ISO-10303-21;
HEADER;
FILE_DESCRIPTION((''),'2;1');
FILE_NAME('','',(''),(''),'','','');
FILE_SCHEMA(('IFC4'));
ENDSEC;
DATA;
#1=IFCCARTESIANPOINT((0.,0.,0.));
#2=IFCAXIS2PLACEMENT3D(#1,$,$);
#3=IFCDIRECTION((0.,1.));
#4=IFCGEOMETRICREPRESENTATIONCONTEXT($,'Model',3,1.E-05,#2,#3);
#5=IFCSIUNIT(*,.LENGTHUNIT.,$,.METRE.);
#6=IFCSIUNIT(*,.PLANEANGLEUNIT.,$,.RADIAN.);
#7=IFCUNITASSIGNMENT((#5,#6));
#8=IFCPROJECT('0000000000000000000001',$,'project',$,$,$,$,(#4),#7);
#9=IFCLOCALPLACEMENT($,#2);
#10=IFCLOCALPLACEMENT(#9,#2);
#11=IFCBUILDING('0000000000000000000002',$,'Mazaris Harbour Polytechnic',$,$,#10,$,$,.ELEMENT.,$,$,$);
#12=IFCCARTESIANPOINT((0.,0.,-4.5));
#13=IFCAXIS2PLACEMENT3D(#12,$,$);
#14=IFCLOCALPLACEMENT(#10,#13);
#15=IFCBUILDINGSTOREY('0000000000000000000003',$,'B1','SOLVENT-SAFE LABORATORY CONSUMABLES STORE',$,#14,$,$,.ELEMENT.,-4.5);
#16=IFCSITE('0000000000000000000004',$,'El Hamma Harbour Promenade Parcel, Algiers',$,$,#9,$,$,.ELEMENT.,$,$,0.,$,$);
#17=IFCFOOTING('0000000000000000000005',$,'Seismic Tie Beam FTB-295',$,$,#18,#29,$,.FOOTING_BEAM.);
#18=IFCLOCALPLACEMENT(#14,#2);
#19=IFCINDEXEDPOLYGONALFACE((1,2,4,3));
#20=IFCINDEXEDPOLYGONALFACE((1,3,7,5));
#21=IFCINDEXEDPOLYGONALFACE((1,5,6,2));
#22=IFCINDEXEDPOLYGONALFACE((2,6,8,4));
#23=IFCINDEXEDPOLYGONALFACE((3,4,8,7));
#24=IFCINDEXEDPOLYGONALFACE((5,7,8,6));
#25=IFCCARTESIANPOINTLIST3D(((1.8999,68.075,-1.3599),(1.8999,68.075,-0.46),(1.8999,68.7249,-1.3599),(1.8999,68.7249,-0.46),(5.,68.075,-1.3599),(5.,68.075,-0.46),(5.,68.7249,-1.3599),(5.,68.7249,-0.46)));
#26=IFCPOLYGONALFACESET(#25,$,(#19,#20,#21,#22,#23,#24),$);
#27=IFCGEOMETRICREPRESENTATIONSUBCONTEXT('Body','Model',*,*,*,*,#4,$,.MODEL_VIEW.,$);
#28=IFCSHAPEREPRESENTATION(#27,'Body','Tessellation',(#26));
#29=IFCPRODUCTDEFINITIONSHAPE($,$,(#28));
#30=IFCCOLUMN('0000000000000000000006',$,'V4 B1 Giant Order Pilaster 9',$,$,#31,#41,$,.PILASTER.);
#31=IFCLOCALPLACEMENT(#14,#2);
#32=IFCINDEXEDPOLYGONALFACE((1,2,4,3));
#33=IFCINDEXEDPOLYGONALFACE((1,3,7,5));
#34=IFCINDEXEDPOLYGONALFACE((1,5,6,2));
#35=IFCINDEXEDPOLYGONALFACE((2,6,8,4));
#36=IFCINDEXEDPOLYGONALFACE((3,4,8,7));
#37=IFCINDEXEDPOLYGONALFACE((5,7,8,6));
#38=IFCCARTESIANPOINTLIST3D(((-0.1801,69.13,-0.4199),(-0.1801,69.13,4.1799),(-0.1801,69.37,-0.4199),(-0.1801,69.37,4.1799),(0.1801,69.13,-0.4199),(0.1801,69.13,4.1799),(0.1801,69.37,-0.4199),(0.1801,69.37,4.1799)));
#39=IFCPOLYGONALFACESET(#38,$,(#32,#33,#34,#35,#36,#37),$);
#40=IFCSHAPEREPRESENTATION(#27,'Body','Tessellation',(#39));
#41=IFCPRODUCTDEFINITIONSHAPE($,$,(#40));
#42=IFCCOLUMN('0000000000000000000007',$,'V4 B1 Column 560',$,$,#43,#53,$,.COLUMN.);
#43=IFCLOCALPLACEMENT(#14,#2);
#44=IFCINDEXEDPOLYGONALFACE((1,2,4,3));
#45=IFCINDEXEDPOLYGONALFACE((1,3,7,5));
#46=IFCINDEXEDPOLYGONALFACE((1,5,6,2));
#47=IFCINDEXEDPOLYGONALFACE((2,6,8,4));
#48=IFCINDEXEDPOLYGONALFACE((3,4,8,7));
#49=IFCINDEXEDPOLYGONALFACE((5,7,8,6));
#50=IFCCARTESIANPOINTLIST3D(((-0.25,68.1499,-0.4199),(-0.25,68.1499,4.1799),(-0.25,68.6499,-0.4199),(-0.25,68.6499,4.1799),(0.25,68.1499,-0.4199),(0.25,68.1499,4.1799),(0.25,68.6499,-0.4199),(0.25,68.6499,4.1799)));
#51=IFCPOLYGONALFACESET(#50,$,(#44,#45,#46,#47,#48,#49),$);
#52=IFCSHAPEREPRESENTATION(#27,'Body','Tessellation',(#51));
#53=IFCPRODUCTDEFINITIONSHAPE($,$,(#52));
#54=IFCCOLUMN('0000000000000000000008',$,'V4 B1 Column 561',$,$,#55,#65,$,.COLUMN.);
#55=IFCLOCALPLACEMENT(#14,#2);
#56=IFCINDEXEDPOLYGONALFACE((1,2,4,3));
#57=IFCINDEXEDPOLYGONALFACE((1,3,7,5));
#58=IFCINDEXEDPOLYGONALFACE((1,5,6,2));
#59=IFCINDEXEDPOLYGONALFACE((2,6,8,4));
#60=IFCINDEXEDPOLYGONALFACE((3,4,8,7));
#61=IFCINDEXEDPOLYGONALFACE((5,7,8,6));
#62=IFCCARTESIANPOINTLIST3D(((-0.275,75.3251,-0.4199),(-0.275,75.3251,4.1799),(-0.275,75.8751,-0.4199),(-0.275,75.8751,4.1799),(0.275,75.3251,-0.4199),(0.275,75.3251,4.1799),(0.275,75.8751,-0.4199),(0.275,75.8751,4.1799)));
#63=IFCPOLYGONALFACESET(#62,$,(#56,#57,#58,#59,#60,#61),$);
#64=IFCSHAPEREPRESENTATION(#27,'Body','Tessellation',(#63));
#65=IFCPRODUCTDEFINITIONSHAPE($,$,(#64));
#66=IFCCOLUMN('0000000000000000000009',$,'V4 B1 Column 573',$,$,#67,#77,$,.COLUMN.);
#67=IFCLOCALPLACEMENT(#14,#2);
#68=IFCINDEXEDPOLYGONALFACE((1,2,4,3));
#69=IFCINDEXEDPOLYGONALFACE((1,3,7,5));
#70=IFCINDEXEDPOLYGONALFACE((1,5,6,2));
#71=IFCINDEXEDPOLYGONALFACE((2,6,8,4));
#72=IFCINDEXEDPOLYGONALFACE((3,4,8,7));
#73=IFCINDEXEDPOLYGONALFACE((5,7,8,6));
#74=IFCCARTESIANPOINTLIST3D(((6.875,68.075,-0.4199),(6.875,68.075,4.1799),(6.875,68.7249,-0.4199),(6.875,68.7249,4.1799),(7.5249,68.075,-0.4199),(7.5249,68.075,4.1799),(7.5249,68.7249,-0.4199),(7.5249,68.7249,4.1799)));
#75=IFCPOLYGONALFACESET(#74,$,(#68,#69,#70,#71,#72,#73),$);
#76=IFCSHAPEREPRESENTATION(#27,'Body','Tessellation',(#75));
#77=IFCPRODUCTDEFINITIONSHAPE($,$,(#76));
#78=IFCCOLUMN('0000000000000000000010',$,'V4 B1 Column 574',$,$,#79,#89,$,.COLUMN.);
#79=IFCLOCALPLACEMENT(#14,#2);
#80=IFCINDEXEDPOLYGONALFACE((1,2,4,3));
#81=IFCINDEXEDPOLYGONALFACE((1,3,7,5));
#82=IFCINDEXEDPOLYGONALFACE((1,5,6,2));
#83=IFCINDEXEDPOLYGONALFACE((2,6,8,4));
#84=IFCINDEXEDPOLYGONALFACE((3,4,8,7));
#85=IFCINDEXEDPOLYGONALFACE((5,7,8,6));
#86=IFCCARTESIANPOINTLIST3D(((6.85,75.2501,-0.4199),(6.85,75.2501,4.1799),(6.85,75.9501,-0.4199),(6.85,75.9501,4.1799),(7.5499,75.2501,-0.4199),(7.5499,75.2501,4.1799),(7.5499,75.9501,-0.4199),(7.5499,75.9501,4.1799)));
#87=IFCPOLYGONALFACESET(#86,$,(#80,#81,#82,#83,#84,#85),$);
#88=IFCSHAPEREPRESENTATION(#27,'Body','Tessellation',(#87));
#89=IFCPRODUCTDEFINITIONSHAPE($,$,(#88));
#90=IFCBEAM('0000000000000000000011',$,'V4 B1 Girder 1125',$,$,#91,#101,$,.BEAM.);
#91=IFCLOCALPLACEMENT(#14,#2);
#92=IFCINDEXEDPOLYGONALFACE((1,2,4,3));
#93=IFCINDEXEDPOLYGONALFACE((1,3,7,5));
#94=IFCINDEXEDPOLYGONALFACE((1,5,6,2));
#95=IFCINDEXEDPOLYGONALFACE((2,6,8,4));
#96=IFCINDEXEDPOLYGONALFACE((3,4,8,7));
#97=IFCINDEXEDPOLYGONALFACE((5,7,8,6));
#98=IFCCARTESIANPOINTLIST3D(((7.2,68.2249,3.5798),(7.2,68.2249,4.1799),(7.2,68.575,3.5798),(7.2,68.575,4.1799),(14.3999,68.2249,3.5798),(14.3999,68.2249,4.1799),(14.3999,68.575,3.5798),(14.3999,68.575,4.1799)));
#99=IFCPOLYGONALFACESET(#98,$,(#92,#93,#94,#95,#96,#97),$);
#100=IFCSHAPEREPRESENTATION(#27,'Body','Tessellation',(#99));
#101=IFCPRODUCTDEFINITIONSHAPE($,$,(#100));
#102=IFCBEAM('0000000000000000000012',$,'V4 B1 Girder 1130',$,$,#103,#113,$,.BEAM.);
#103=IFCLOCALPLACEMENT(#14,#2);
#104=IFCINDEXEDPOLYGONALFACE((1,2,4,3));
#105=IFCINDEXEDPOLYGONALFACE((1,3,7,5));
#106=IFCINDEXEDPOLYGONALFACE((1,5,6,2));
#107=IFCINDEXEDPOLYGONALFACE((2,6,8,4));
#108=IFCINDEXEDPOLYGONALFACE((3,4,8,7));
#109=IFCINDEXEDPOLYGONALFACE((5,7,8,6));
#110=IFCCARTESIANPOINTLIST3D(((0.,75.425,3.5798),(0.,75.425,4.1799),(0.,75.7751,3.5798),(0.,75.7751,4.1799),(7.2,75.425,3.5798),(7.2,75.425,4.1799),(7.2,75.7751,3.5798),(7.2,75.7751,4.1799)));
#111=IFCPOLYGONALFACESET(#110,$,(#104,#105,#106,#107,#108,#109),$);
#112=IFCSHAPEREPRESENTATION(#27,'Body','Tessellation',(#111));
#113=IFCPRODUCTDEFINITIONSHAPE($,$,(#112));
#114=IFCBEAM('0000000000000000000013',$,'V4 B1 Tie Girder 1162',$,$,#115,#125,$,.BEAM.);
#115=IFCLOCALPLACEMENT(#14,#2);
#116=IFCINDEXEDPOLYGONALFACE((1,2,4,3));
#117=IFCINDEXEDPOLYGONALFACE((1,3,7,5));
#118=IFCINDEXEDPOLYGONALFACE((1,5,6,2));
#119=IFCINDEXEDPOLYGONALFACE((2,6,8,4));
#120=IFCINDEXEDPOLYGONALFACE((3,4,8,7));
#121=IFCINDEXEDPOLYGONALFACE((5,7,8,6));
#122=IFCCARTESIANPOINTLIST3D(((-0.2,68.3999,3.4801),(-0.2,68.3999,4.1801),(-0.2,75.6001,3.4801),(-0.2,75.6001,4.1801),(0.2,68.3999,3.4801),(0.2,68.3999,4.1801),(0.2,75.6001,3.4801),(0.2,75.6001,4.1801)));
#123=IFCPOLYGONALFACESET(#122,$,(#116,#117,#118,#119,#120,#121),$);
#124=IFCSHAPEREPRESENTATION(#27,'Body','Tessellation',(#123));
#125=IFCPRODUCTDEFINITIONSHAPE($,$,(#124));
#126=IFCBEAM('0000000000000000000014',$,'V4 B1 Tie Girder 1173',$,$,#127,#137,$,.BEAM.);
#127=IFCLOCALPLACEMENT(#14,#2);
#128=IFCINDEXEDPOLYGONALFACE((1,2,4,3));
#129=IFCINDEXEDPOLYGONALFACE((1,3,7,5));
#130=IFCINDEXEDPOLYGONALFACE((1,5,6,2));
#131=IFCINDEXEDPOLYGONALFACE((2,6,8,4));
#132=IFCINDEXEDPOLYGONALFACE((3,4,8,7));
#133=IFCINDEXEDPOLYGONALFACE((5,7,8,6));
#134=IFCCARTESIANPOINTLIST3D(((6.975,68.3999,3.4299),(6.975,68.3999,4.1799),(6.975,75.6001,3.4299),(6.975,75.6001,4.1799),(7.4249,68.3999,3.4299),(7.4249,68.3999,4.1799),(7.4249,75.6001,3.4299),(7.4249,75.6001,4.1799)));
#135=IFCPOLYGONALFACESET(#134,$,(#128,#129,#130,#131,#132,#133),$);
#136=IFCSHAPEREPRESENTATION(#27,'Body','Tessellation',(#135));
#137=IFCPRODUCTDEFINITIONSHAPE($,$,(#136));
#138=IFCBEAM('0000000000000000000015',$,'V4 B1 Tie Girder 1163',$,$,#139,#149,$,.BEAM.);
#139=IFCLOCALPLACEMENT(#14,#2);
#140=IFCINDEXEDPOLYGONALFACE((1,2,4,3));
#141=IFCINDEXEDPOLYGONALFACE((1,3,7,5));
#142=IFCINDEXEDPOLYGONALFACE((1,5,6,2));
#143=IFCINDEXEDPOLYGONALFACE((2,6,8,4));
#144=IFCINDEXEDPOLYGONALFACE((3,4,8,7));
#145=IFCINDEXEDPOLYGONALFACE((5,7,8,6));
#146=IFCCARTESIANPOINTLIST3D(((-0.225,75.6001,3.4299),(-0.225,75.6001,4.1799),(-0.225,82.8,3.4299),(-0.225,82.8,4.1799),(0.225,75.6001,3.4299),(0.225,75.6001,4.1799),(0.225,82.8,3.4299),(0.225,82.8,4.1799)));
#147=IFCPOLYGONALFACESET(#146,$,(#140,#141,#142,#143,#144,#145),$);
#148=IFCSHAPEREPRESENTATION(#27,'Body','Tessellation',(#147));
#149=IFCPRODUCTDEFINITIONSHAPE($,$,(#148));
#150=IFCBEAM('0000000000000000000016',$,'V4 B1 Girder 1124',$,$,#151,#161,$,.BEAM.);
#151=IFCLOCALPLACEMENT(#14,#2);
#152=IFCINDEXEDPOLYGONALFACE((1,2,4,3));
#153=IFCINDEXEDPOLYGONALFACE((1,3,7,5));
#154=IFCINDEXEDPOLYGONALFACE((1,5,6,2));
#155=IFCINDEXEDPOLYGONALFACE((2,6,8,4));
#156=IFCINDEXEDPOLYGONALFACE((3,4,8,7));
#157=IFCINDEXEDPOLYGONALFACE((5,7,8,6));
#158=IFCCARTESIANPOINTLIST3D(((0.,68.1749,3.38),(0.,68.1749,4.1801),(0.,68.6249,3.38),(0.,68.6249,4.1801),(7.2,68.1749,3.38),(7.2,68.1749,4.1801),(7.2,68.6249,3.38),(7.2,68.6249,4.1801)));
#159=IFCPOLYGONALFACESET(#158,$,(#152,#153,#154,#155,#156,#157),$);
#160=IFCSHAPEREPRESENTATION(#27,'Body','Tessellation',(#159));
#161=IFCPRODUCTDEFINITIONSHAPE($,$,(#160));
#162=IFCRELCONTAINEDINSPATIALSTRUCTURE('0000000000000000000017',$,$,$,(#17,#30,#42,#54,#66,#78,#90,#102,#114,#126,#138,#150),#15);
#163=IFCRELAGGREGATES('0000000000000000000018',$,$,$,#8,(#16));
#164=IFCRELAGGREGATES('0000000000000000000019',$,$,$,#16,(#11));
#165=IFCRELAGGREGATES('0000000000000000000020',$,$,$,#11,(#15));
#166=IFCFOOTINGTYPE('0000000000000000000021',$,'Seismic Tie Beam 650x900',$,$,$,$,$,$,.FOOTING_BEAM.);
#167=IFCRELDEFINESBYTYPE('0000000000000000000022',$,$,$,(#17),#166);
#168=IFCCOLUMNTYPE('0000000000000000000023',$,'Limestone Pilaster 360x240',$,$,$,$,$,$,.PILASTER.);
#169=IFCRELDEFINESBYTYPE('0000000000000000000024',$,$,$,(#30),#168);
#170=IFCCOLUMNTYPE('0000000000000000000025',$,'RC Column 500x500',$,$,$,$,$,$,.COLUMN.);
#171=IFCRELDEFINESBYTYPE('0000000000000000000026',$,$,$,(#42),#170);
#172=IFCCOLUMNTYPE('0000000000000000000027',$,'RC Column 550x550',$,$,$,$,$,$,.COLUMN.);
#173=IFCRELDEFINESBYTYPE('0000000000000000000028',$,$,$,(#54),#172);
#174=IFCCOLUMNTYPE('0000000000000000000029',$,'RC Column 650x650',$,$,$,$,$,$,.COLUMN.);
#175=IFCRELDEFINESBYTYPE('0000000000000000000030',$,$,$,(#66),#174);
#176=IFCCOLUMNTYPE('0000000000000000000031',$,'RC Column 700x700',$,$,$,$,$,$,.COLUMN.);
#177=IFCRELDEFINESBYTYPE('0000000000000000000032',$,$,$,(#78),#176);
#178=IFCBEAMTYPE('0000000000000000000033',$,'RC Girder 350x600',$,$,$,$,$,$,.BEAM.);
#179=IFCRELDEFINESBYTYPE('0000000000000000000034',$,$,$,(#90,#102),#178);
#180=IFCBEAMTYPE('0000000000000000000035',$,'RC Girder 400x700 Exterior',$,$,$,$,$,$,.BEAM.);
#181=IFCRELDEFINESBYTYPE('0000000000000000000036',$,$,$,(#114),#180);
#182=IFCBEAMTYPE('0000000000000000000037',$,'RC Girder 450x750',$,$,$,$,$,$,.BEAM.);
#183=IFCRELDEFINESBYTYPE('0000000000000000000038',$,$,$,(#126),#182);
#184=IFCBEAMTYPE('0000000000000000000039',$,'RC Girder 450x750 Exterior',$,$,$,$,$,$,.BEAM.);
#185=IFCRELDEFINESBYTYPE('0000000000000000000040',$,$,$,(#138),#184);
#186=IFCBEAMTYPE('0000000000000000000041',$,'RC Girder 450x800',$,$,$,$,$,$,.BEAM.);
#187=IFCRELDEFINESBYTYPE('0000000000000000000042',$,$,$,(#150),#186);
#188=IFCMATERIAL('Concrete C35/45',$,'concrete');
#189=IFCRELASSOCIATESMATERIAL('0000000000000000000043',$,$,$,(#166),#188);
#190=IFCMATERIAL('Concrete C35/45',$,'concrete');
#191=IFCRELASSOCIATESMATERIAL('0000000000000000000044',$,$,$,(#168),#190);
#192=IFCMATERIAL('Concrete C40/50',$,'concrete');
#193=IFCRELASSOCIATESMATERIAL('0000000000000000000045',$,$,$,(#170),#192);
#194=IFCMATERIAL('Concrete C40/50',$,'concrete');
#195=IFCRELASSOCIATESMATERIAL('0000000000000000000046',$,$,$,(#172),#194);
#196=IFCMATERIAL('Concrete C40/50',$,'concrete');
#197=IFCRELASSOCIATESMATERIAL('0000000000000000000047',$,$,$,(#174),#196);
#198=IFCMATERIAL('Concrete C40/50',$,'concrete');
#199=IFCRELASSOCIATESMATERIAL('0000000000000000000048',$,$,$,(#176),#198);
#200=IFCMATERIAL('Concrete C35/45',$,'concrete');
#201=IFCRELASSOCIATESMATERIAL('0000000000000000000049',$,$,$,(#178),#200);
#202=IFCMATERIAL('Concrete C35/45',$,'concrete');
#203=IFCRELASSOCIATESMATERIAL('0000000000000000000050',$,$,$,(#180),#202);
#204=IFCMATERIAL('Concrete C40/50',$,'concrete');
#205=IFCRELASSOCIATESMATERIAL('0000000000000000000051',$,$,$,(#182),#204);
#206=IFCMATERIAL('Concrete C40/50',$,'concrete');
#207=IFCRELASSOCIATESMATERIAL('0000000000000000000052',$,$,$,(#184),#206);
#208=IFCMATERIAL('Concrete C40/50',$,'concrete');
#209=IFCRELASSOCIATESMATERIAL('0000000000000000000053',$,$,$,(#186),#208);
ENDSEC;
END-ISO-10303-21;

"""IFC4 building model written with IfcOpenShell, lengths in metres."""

from ifc_helpers import new_model, si_unit, direction, frame, origin, origin_2d, place, context, subcontext, project, spatial, rectangle, extrude, material, material_profile, profile_set, type_object, element, save


model = new_model("IFC4")

# Units and contexts
model_context = context("Model", 3, precision=1e-05, world=origin(), true_north=direction((0.0, 1.0)))
body_context = subcontext(model_context, "Body", "Model", "MODEL_VIEW")
ifc_project = project(units=[si_unit("LENGTHUNIT", "METRE"), si_unit("PLANEANGLEUNIT", "RADIAN")], contexts=[model_context])

# Site, building, storey
site_placement = place(None, origin())
site = spatial("IfcSite", under=ifc_project, at=site_placement, Name="El Hamma Harbour Promenade Parcel, Algiers", CompositionType="ELEMENT", RefElevation=0.0)
building_placement = place(site_placement, origin())
building = spatial("IfcBuilding", under=site, at=building_placement, Name="Mazaris Harbour Polytechnic", CompositionType="ELEMENT")
storey_placement = place(building_placement, frame((0.0, 0.0, -4.5)))
storey = spatial("IfcBuildingStorey", under=building, at=storey_placement, Name="B1", Description="SOLVENT-SAFE LABORATORY CONSUMABLES STORE", CompositionType="ELEMENT", Elevation=-4.5)

# Footing
ifc_material_1 = material(Name="Concrete C35/45", Category="concrete")
ifc_material_profile_1 = material_profile(ifc_material_1, rectangle(XDim=0.6499, YDim=0.8999, at=origin_2d()), Name="RECT650x900")
ifc_profile_set_1 = profile_set([ifc_material_profile_1], Name="Concrete C35/45")
footing_type_1 = type_object("IfcFootingType", Name="Seismic Tie Beam 650x900", PredefinedType="FOOTING_BEAM", material=ifc_profile_set_1)
footing_1_placement = place(storey_placement, frame((1.8999, 68.3999, -0.9099), z_axis=(1.0, 0.0, 0.0), x_axis=(0.0, 1.0, 0.0)))
element("IfcFooting", 1, at=footing_1_placement, inside=storey, type_object=footing_type_1, Name="Seismic Tie Beam FTB-295", PredefinedType="FOOTING_BEAM", context=body_context, shape_type="SweptSolid", body=[
    extrude(rectangle(XDim=0.6499, YDim=0.8999, at=origin_2d()), origin(), (0.0, 0.0, 1.0), 3.1001),
])

# Columns
ifc_material_2 = material(Name="Concrete C35/45", Category="concrete")
ifc_material_profile_2 = material_profile(ifc_material_2, rectangle(XDim=0.3601, YDim=0.24, at=origin_2d()), Name="RECT360x240")
ifc_profile_set_2 = profile_set([ifc_material_profile_2], Name="Concrete C35/45")
column_type_1 = type_object("IfcColumnType", Name="Limestone Pilaster 360x240", PredefinedType="PILASTER", material=ifc_profile_set_2)
column_1_placement = place(storey_placement, frame((0.0, 69.25, -0.4199), z_axis=(0.0, 0.0, 1.0), x_axis=(1.0, 0.0, 0.0)))
element("IfcColumn", 2, at=column_1_placement, inside=storey, type_object=column_type_1, Name="V4 B1 Giant Order Pilaster 9", PredefinedType="PILASTER", context=body_context, shape_type="SweptSolid", body=[
    extrude(rectangle(XDim=0.3601, YDim=0.24, at=origin_2d()), origin(), (0.0, 0.0, 1.0), 4.5999),
])
ifc_material_3 = material(Name="Concrete C40/50", Category="concrete")
ifc_material_profile_3 = material_profile(ifc_material_3, rectangle(XDim=0.5, YDim=0.5, at=origin_2d()), Name="RECT500x500")
ifc_profile_set_3 = profile_set([ifc_material_profile_3], Name="Concrete C40/50")
column_type_2 = type_object("IfcColumnType", Name="RC Column 500x500", PredefinedType="COLUMN", material=ifc_profile_set_3)
column_2_placement = place(storey_placement, frame((0.0, 68.3999, -0.4199), z_axis=(0.0, 0.0, 1.0), x_axis=(1.0, 0.0, 0.0)))
element("IfcColumn", 3, at=column_2_placement, inside=storey, type_object=column_type_2, Name="V4 B1 Column 560", PredefinedType="COLUMN", context=body_context, shape_type="SweptSolid", body=[
    extrude(rectangle(XDim=0.5, YDim=0.5, at=origin_2d()), origin(), (0.0, 0.0, 1.0), 4.5999),
])
ifc_material_4 = material(Name="Concrete C40/50", Category="concrete")
ifc_material_profile_4 = material_profile(ifc_material_4, rectangle(XDim=0.55, YDim=0.55, at=origin_2d()), Name="RECT550x550")
ifc_profile_set_4 = profile_set([ifc_material_profile_4], Name="Concrete C40/50")
column_type_3 = type_object("IfcColumnType", Name="RC Column 550x550", PredefinedType="COLUMN", material=ifc_profile_set_4)
column_3_placement = place(storey_placement, frame((0.0, 75.6001, -0.4199), z_axis=(0.0, 0.0, 1.0), x_axis=(1.0, 0.0, 0.0)))
element("IfcColumn", 4, at=column_3_placement, inside=storey, type_object=column_type_3, Name="V4 B1 Column 561", PredefinedType="COLUMN", context=body_context, shape_type="SweptSolid", body=[
    extrude(rectangle(XDim=0.55, YDim=0.55, at=origin_2d()), origin(), (0.0, 0.0, 1.0), 4.5999),
])
ifc_material_5 = material(Name="Concrete C40/50", Category="concrete")
ifc_material_profile_5 = material_profile(ifc_material_5, rectangle(XDim=0.6499, YDim=0.6499, at=origin_2d()), Name="RECT650x650")
ifc_profile_set_5 = profile_set([ifc_material_profile_5], Name="Concrete C40/50")
column_type_4 = type_object("IfcColumnType", Name="RC Column 650x650", PredefinedType="COLUMN", material=ifc_profile_set_5)
column_4_placement = place(storey_placement, frame((7.2, 68.3999, -0.4199), z_axis=(0.0, 0.0, 1.0), x_axis=(1.0, 0.0, 0.0)))
element("IfcColumn", 5, at=column_4_placement, inside=storey, type_object=column_type_4, Name="V4 B1 Column 573", PredefinedType="COLUMN", context=body_context, shape_type="SweptSolid", body=[
    extrude(rectangle(XDim=0.6499, YDim=0.6499, at=origin_2d()), origin(), (0.0, 0.0, 1.0), 4.5999),
])
ifc_material_6 = material(Name="Concrete C40/50", Category="concrete")
ifc_material_profile_6 = material_profile(ifc_material_6, rectangle(XDim=0.7, YDim=0.7, at=origin_2d()), Name="RECT700x700")
ifc_profile_set_6 = profile_set([ifc_material_profile_6], Name="Concrete C40/50")
column_type_5 = type_object("IfcColumnType", Name="RC Column 700x700", PredefinedType="COLUMN", material=ifc_profile_set_6)
column_5_placement = place(storey_placement, frame((7.2, 75.6001, -0.4199), z_axis=(0.0, 0.0, 1.0), x_axis=(1.0, 0.0, 0.0)))
element("IfcColumn", 6, at=column_5_placement, inside=storey, type_object=column_type_5, Name="V4 B1 Column 574", PredefinedType="COLUMN", context=body_context, shape_type="SweptSolid", body=[
    extrude(rectangle(XDim=0.7, YDim=0.7, at=origin_2d()), origin(), (0.0, 0.0, 1.0), 4.5999),
])

# Beams
ifc_material_7 = material(Name="Concrete C35/45", Category="concrete")
ifc_material_profile_7 = material_profile(ifc_material_7, rectangle(XDim=0.3501, YDim=0.6001, at=origin_2d()), Name="RECT350x600")
ifc_profile_set_7 = profile_set([ifc_material_profile_7], Name="Concrete C35/45")
beam_type_1 = type_object("IfcBeamType", Name="RC Girder 350x600", PredefinedType="BEAM", material=ifc_profile_set_7)
for number, where, z_axis, x_axis, name in (
    (7, (7.2, 68.3999, 3.8799), (1.0, 0.0, 0.0), (0.0, 1.0, 0.0), "V4 B1 Girder 1125"),
    (8, (0.0, 75.6001, 3.8799), (1.0, 0.0, 0.0), (0.0, 1.0, 0.0), "V4 B1 Girder 1130"),
):
    element("IfcBeam", number, at=place(storey_placement, frame(where, z_axis=z_axis, x_axis=x_axis)), inside=storey, type_object=beam_type_1, Name=name, PredefinedType="BEAM", context=body_context, shape_type="SweptSolid", body=[
        extrude(rectangle(XDim=0.3501, YDim=0.6001, at=origin_2d()), origin(), (0.0, 0.0, 1.0), 7.2),
    ])
ifc_material_8 = material(Name="Concrete C35/45", Category="concrete")
ifc_material_profile_8 = material_profile(ifc_material_8, rectangle(XDim=0.3999, YDim=0.7, at=origin_2d()), Name="RECT400x700")
ifc_profile_set_8 = profile_set([ifc_material_profile_8], Name="Concrete C35/45")
beam_type_2 = type_object("IfcBeamType", Name="RC Girder 400x700 Exterior", PredefinedType="BEAM", material=ifc_profile_set_8)
beam_1_placement = place(storey_placement, frame((0.0, 68.3999, 3.8301), z_axis=(0.0, 1.0, 0.0), x_axis=(-1.0, 0.0, 0.0)))
element("IfcBeam", 9, at=beam_1_placement, inside=storey, type_object=beam_type_2, Name="V4 B1 Tie Girder 1162", PredefinedType="BEAM", context=body_context, shape_type="SweptSolid", body=[
    extrude(rectangle(XDim=0.3999, YDim=0.7, at=origin_2d()), origin(), (0.0, 0.0, 1.0), 7.2002),
])
ifc_material_9 = material(Name="Concrete C40/50", Category="concrete")
ifc_material_profile_9 = material_profile(ifc_material_9, rectangle(XDim=0.45, YDim=0.75, at=origin_2d()), Name="RECT450x750")
ifc_profile_set_9 = profile_set([ifc_material_profile_9], Name="Concrete C40/50")
beam_type_3 = type_object("IfcBeamType", Name="RC Girder 450x750", PredefinedType="BEAM", material=ifc_profile_set_9)
beam_2_placement = place(storey_placement, frame((7.2, 68.3999, 3.8049), z_axis=(0.0, 1.0, 0.0), x_axis=(-1.0, 0.0, 0.0)))
element("IfcBeam", 10, at=beam_2_placement, inside=storey, type_object=beam_type_3, Name="V4 B1 Tie Girder 1173", PredefinedType="BEAM", context=body_context, shape_type="SweptSolid", body=[
    extrude(rectangle(XDim=0.45, YDim=0.75, at=origin_2d()), origin(), (0.0, 0.0, 1.0), 7.2002),
])
ifc_material_10 = material(Name="Concrete C40/50", Category="concrete")
ifc_material_profile_10 = material_profile(ifc_material_10, rectangle(XDim=0.45, YDim=0.75, at=origin_2d()), Name="RECT450x750")
ifc_profile_set_10 = profile_set([ifc_material_profile_10], Name="Concrete C40/50")
beam_type_4 = type_object("IfcBeamType", Name="RC Girder 450x750 Exterior", PredefinedType="BEAM", material=ifc_profile_set_10)
beam_3_placement = place(storey_placement, frame((0.0, 75.6001, 3.8049), z_axis=(0.0, 1.0, 0.0), x_axis=(-1.0, 0.0, 0.0)))
element("IfcBeam", 11, at=beam_3_placement, inside=storey, type_object=beam_type_4, Name="V4 B1 Tie Girder 1163", PredefinedType="BEAM", context=body_context, shape_type="SweptSolid", body=[
    extrude(rectangle(XDim=0.45, YDim=0.75, at=origin_2d()), origin(), (0.0, 0.0, 1.0), 7.2),
])
ifc_material_11 = material(Name="Concrete C40/50", Category="concrete")
ifc_material_profile_11 = material_profile(ifc_material_11, rectangle(XDim=0.45, YDim=0.8, at=origin_2d()), Name="RECT450x800")
ifc_profile_set_11 = profile_set([ifc_material_profile_11], Name="Concrete C40/50")
beam_type_5 = type_object("IfcBeamType", Name="RC Girder 450x800", PredefinedType="BEAM", material=ifc_profile_set_11)
beam_4_placement = place(storey_placement, frame((0.0, 68.3999, 3.78), z_axis=(1.0, 0.0, 0.0), x_axis=(0.0, 1.0, 0.0)))
element("IfcBeam", 12, at=beam_4_placement, inside=storey, type_object=beam_type_5, Name="V4 B1 Girder 1124", PredefinedType="BEAM", context=body_context, shape_type="SweptSolid", body=[
    extrude(rectangle(XDim=0.45, YDim=0.8, at=origin_2d()), origin(), (0.0, 0.0, 1.0), 7.2),
])

save(model, "model.ifc")
